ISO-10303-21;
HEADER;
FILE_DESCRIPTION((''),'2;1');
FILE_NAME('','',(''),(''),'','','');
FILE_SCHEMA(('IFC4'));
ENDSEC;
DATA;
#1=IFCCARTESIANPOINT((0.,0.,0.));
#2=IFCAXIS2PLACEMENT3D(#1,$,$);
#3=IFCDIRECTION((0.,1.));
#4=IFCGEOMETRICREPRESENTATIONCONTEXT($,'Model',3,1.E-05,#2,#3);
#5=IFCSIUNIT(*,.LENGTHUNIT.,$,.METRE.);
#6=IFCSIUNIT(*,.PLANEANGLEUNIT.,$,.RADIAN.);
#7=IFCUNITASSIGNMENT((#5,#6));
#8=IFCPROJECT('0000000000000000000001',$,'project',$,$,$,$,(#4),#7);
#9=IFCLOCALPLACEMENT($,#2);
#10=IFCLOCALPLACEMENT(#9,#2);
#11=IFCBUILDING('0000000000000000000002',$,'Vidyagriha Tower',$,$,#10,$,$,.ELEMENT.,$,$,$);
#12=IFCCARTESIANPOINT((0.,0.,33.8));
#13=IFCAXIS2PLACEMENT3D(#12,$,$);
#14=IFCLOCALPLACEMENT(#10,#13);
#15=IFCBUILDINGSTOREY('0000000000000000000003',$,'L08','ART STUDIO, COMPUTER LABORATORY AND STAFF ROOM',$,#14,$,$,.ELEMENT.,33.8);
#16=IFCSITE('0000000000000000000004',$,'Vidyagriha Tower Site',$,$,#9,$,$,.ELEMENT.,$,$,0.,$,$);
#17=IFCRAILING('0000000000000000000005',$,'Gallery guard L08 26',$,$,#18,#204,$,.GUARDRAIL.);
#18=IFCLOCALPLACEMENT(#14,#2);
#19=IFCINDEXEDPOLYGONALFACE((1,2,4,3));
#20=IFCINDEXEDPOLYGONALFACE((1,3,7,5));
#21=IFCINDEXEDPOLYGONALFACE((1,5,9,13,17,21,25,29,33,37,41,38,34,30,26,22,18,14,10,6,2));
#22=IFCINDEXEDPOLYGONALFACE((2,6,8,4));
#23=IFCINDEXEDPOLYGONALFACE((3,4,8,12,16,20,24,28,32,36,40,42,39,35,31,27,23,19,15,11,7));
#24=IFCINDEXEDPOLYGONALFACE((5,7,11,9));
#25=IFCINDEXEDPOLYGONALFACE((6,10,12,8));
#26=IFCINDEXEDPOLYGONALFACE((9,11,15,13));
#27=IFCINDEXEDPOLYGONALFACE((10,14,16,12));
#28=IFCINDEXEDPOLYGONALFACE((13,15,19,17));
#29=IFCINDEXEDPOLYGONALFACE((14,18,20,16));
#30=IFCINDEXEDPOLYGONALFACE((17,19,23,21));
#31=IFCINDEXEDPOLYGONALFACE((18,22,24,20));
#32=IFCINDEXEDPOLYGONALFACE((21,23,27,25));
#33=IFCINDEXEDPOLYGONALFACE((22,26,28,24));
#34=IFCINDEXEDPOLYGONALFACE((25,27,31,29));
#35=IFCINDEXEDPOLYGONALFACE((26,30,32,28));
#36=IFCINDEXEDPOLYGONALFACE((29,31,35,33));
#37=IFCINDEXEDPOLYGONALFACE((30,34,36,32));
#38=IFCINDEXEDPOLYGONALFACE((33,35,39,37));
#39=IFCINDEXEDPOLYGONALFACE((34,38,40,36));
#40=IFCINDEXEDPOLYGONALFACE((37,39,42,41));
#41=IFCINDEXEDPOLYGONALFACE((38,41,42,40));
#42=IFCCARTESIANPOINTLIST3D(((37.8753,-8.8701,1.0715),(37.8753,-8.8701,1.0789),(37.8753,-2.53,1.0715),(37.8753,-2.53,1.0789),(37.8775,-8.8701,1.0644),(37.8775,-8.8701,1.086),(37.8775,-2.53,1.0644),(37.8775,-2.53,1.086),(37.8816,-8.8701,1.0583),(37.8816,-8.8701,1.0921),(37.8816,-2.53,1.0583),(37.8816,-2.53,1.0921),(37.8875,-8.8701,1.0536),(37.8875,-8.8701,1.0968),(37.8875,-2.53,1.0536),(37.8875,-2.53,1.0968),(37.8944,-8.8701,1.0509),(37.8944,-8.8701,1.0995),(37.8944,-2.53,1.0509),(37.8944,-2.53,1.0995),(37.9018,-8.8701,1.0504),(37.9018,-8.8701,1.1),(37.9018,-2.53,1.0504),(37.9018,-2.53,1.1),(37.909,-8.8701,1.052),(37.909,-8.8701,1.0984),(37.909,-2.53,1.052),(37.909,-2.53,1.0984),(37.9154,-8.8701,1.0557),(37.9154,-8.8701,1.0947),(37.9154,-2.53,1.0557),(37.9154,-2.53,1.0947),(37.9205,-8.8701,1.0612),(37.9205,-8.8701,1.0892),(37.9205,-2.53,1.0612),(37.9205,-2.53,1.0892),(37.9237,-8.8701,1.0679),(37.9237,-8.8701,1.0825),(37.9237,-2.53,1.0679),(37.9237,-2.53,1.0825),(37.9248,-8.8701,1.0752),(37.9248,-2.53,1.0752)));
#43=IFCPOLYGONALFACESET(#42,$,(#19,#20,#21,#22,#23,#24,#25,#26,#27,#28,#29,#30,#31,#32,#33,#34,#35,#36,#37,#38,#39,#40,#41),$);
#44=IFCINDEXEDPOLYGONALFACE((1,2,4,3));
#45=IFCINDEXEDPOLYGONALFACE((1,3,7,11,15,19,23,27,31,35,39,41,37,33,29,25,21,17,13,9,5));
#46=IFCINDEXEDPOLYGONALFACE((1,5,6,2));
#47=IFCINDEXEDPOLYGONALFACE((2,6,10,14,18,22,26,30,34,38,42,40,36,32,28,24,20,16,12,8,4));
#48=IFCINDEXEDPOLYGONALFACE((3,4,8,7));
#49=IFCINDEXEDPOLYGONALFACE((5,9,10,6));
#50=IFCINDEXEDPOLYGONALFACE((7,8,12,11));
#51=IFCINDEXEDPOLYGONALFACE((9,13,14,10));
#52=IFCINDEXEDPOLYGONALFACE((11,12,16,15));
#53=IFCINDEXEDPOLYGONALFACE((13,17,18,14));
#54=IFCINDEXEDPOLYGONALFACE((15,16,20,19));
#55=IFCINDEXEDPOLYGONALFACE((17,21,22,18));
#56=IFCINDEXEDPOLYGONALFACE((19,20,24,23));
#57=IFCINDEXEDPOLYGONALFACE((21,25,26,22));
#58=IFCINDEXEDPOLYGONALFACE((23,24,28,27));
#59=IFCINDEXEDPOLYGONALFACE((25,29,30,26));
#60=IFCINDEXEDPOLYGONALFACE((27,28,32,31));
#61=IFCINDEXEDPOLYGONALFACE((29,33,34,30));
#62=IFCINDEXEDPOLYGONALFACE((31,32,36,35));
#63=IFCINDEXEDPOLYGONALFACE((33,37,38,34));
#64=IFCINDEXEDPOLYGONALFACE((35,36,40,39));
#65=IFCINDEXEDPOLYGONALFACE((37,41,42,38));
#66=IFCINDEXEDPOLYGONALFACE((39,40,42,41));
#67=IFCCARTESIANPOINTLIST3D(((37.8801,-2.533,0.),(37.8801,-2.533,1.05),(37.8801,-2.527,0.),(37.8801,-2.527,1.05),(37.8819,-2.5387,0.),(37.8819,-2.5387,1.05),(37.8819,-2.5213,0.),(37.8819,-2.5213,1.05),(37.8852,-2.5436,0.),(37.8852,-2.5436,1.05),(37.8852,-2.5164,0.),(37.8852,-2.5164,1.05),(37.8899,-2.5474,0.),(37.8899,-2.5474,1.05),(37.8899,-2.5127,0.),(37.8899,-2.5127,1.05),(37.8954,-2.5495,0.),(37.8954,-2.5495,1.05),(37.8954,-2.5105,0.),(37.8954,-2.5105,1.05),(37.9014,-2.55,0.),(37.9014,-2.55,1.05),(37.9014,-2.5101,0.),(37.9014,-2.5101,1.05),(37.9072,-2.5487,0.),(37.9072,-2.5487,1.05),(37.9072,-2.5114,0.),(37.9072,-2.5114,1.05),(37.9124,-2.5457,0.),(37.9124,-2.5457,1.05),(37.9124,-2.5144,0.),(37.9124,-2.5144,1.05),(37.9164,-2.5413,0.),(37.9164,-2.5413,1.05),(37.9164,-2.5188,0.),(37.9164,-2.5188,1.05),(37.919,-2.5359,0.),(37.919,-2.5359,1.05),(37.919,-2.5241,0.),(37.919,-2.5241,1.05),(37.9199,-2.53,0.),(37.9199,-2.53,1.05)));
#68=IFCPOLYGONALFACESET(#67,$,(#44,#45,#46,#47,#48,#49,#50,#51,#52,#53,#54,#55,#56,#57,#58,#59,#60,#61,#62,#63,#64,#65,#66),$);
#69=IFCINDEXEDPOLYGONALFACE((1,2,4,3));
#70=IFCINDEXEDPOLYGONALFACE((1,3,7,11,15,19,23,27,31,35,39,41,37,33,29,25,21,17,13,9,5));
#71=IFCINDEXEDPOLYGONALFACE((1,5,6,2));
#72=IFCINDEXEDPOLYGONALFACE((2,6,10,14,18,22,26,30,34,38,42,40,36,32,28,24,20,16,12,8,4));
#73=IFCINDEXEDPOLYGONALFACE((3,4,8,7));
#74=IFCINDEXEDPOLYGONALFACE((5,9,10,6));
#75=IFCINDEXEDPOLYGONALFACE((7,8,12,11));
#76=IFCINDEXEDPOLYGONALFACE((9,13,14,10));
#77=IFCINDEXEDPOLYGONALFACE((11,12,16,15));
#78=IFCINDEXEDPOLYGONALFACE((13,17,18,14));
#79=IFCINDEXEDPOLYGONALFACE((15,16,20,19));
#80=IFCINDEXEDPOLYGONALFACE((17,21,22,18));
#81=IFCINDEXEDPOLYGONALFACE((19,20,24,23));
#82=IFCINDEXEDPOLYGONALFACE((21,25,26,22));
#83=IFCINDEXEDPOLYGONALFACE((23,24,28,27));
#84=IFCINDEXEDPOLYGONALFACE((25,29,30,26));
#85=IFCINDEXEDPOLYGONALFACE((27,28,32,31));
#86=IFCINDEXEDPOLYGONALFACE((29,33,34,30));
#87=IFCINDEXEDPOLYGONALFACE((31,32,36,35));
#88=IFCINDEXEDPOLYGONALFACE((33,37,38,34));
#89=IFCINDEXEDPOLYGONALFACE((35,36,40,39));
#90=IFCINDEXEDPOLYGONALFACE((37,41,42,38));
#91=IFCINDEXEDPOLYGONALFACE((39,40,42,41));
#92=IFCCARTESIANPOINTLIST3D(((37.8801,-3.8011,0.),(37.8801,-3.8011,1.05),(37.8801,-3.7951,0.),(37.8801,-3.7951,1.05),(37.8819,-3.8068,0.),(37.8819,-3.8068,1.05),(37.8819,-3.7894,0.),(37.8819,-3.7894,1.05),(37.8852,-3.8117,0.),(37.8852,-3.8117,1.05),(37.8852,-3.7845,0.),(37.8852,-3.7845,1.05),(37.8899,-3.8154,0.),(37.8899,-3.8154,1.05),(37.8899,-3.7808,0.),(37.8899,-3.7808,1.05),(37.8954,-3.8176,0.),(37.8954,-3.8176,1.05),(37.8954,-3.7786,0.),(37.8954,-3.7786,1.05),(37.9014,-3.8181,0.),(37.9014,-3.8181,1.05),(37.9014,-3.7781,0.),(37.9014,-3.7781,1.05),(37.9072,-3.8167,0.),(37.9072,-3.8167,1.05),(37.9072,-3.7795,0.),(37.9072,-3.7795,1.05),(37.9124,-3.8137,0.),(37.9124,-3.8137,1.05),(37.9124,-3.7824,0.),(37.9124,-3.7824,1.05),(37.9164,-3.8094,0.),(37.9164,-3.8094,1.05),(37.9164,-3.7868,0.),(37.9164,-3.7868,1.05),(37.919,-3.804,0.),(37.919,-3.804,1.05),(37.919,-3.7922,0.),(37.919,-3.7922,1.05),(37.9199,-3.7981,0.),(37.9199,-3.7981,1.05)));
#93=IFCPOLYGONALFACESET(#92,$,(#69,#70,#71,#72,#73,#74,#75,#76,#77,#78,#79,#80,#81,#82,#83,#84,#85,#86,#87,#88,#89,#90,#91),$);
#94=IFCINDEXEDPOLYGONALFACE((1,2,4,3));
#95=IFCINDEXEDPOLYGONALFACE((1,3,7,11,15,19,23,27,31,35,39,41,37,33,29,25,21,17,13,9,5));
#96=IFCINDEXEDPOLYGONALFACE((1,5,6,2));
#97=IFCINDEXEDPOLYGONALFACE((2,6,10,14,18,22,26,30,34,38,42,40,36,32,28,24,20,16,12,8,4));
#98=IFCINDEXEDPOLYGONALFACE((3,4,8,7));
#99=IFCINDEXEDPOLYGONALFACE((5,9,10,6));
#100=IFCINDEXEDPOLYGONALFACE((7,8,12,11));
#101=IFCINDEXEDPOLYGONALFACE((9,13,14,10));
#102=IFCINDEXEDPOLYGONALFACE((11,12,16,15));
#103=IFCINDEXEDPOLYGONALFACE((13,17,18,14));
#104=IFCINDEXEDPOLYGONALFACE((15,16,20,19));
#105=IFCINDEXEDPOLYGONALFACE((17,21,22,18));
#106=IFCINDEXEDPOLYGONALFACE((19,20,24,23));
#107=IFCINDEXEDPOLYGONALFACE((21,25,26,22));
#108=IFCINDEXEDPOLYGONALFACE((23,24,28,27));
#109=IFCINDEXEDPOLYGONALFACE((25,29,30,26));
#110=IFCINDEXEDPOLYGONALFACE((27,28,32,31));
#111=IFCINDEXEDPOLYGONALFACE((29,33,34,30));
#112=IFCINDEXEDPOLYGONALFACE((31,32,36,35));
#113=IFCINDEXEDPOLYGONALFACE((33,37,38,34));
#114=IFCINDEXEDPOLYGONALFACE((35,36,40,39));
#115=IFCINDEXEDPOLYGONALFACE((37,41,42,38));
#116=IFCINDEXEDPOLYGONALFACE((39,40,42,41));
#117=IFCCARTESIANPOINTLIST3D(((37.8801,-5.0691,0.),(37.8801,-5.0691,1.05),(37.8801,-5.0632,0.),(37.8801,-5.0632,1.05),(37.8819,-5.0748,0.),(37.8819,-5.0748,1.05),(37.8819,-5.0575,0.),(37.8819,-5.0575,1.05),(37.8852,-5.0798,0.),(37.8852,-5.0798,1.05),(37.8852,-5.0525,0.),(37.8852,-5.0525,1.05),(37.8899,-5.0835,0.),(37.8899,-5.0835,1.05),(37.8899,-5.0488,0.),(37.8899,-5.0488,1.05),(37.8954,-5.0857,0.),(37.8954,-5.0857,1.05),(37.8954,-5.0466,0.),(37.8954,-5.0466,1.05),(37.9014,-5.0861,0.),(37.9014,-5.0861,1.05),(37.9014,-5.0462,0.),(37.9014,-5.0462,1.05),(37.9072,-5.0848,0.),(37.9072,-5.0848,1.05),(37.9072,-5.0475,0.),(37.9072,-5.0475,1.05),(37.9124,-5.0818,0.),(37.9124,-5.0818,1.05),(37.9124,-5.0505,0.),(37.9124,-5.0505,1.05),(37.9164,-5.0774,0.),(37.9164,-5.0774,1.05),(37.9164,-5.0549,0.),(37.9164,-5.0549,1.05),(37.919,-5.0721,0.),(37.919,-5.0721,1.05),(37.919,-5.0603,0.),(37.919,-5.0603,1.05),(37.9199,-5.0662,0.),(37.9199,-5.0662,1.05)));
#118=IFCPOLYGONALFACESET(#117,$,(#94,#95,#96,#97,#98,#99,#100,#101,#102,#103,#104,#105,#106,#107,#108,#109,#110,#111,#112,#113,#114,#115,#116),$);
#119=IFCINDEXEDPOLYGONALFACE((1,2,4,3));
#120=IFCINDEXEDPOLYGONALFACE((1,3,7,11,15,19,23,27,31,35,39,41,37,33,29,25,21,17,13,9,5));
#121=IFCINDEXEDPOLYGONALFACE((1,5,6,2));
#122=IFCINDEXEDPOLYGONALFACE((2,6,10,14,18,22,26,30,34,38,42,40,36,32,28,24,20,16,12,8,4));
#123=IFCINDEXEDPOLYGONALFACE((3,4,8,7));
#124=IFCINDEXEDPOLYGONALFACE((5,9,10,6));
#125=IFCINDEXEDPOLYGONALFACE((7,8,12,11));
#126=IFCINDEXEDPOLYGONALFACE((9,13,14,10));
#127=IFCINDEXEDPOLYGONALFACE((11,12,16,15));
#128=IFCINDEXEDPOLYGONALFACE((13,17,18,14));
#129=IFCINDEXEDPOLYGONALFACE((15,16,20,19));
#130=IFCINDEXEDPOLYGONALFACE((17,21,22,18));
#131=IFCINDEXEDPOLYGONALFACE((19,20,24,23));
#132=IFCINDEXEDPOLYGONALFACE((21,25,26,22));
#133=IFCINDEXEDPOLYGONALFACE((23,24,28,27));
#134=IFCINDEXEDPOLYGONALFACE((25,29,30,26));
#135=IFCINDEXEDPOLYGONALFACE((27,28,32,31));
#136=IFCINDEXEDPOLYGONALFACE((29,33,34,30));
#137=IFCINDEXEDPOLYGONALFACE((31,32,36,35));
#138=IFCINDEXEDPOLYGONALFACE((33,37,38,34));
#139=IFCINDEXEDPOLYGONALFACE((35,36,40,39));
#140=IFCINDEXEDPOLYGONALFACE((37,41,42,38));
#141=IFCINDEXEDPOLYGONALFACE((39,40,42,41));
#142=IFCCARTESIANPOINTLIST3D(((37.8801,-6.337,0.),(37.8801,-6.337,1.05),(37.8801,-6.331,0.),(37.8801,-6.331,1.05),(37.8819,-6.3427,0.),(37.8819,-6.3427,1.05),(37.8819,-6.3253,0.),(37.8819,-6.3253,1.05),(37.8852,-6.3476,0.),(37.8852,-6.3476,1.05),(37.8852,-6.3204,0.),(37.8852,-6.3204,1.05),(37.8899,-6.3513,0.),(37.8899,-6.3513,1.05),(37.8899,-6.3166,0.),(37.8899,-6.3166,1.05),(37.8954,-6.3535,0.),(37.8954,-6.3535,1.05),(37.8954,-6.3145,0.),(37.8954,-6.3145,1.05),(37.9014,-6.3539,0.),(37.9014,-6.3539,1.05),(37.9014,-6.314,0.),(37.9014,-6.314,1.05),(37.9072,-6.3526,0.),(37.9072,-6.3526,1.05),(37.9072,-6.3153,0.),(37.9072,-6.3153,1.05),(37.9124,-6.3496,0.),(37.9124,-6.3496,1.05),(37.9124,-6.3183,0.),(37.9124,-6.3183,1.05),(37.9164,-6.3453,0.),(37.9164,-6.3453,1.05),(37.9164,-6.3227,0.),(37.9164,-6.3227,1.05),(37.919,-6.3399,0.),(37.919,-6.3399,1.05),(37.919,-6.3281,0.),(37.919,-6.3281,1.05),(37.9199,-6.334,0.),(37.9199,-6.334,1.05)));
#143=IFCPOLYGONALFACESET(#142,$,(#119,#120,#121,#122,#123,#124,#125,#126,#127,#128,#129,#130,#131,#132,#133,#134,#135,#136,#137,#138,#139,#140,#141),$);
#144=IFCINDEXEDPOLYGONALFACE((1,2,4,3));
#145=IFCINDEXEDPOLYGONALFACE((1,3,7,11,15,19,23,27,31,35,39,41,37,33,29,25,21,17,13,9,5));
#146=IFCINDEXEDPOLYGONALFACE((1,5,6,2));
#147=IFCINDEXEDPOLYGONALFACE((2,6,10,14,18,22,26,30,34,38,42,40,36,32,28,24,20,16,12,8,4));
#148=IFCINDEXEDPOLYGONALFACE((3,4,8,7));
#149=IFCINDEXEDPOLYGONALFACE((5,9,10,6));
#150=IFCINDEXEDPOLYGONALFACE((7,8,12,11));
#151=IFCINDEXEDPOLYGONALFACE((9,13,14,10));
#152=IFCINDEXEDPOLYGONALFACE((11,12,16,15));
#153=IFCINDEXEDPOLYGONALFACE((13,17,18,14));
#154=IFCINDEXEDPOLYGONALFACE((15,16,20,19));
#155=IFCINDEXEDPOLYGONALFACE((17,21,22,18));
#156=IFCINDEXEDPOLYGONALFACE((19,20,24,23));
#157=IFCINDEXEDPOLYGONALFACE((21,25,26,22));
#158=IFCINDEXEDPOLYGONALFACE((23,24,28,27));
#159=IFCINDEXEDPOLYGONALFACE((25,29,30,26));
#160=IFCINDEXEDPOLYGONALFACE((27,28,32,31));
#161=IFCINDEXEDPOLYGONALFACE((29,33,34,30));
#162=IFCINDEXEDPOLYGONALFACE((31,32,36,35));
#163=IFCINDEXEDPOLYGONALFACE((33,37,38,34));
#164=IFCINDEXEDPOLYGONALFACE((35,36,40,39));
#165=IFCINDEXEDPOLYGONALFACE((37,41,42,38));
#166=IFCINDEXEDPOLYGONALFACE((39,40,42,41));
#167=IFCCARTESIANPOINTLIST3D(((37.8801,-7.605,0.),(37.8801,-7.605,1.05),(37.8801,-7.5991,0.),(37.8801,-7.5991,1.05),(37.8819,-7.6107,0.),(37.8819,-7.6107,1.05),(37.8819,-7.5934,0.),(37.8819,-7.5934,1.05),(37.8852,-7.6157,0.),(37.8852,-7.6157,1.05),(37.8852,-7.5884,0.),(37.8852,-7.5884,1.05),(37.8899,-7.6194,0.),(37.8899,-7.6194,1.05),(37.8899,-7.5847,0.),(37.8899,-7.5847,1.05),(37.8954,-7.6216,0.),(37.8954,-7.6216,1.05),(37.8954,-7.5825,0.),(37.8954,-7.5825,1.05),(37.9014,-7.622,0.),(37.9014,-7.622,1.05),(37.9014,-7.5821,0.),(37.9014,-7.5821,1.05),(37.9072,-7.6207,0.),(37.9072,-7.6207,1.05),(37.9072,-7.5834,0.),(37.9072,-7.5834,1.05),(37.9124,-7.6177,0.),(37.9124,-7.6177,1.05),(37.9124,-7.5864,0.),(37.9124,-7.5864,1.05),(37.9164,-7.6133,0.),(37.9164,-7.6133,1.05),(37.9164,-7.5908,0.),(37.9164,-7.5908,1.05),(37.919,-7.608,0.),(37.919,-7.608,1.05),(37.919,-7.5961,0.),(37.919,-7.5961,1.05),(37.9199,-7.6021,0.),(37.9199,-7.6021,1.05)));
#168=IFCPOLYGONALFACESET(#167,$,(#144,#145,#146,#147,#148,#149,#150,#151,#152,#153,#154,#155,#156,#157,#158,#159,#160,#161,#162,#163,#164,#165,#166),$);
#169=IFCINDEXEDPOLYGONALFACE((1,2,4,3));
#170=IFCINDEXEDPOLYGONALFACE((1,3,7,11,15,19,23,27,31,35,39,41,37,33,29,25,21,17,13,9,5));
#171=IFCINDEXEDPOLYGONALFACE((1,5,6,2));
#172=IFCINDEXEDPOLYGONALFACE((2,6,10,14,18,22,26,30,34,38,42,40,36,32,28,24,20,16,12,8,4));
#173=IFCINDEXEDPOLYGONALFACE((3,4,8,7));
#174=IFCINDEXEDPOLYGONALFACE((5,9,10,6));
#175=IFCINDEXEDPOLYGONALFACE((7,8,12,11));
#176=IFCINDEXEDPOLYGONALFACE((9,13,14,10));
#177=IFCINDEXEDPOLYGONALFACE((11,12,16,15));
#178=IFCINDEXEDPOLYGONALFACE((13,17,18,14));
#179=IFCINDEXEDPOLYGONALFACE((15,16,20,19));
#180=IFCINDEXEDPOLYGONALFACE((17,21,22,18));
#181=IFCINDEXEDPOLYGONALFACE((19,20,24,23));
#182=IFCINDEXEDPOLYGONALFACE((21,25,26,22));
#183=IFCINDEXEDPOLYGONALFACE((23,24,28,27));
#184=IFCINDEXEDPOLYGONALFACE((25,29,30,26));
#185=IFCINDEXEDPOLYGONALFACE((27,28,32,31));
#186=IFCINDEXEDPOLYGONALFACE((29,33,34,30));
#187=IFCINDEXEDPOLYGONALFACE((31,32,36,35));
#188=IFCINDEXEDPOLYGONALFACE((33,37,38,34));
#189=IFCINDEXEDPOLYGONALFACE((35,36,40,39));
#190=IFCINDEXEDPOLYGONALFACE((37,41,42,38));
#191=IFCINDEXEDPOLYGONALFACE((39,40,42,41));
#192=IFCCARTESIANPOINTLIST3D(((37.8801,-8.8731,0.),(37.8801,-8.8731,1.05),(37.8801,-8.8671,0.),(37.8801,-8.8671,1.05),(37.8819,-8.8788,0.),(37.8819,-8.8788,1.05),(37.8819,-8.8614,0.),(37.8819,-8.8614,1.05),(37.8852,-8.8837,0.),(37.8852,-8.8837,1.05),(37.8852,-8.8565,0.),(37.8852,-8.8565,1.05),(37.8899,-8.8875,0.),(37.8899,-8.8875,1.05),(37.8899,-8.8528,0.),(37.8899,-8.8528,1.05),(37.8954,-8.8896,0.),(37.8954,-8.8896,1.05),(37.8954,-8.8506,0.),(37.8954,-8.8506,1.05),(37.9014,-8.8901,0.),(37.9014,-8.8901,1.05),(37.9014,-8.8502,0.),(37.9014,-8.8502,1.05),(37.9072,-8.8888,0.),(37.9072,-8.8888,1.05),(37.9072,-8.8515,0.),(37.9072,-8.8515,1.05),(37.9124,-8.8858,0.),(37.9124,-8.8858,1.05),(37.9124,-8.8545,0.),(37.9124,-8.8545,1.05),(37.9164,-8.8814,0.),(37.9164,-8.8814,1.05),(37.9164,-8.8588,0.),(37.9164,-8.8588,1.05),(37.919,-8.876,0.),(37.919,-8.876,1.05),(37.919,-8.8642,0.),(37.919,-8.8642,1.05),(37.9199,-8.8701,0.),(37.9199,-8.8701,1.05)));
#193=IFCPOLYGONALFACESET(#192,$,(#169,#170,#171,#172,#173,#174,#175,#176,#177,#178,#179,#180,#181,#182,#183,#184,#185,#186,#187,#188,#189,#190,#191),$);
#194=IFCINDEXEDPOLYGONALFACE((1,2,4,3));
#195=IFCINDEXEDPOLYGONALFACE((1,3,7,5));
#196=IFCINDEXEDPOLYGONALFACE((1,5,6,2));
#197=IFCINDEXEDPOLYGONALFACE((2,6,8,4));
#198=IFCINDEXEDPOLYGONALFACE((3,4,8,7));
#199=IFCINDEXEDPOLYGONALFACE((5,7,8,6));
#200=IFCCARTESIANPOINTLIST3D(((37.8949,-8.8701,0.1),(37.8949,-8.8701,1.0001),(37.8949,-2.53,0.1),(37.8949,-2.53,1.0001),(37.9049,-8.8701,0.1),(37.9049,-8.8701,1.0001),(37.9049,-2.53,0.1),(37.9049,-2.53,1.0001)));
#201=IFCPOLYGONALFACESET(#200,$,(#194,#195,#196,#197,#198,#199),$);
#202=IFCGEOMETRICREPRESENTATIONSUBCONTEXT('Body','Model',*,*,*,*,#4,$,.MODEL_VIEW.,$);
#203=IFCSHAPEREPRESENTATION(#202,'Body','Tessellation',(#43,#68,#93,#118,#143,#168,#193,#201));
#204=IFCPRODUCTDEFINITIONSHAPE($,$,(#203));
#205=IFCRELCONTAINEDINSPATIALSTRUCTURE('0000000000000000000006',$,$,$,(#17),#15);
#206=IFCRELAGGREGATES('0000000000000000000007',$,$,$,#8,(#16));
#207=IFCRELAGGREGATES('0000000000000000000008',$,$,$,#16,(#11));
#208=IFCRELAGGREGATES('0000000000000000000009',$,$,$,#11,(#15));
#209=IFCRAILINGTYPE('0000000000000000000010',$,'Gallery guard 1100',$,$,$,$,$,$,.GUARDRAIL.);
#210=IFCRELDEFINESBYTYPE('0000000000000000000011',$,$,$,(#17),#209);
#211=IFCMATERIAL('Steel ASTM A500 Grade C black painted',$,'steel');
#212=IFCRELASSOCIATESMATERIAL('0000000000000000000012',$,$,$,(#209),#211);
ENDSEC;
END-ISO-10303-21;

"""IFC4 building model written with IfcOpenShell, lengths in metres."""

from ifc_helpers import new_model, si_unit, direction, frame, origin, origin_2d, place, context, subcontext, project, spatial, rectangle, circle, extrude, material, type_object, element, save


model = new_model("IFC4")

# Units and contexts
model_context = context("Model", 3, precision=1e-05, world=origin(), true_north=direction((0.0, 1.0)))
body_context = subcontext(model_context, "Body", "Model", "MODEL_VIEW")
ifc_project = project(units=[si_unit("LENGTHUNIT", "METRE"), si_unit("PLANEANGLEUNIT", "RADIAN")], contexts=[model_context])

# Site, building, storey
site_placement = place(None, origin())
site = spatial("IfcSite", under=ifc_project, at=site_placement, Name="Vidyagriha Tower Site", CompositionType="ELEMENT", RefElevation=0.0)
building_placement = place(site_placement, origin())
building = spatial("IfcBuilding", under=site, at=building_placement, Name="Vidyagriha Tower", CompositionType="ELEMENT")
storey_placement = place(building_placement, frame((0.0, 0.0, 33.8)))
storey = spatial("IfcBuildingStorey", under=building, at=storey_placement, Name="L08", Description="ART STUDIO, COMPUTER LABORATORY AND STAFF ROOM", CompositionType="ELEMENT", Elevation=33.8)

# Railing
ifc_material_1 = material(Name="Steel ASTM A500 Grade C black painted", Category="steel")
railing_type = type_object("IfcRailingType", Name="Gallery guard 1100", PredefinedType="GUARDRAIL", material=ifc_material_1)
railing_1_placement = place(storey_placement, frame((37.8999, -2.53, 0.0)))
element("IfcRailing", 1, at=railing_1_placement, inside=storey, type_object=railing_type, Name="Gallery guard L08 26", PredefinedType="GUARDRAIL", context=body_context, shape_type="SweptSolid", body=[
    extrude(circle(Radius=0.0249, at=origin_2d()), frame((0.0, 0.0, 1.0752), z_axis=(0.0, -1.0, 0.0), x_axis=(1.0, 0.0, 0.0)), (0.0, 0.0, 1.0), 6.3401),
    extrude(circle(Radius=0.02, at=origin_2d()), origin(), (0.0, 0.0, 1.0), 1.05),
    extrude(circle(Radius=0.02, at=origin_2d()), frame((0.0, -1.2681, 0.0)), (0.0, 0.0, 1.0), 1.05),
    extrude(circle(Radius=0.02, at=origin_2d()), frame((0.0, -2.5361, 0.0)), (0.0, 0.0, 1.0), 1.05),
    extrude(circle(Radius=0.02, at=origin_2d()), frame((0.0, -3.804, 0.0)), (0.0, 0.0, 1.0), 1.05),
    extrude(circle(Radius=0.02, at=origin_2d()), frame((0.0, -5.072, 0.0)), (0.0, 0.0, 1.0), 1.05),
    extrude(circle(Radius=0.02, at=origin_2d()), frame((0.0, -6.3401, 0.0)), (0.0, 0.0, 1.0), 1.05),
    extrude(rectangle(XDim=0.01, YDim=0.9001, at=origin_2d()), frame((0.0, 0.0, 0.55), z_axis=(0.0, -1.0, 0.0), x_axis=(1.0, 0.0, 0.0)), (0.0, 0.0, 1.0), 6.3401),
])

save(model, "model.ifc")
